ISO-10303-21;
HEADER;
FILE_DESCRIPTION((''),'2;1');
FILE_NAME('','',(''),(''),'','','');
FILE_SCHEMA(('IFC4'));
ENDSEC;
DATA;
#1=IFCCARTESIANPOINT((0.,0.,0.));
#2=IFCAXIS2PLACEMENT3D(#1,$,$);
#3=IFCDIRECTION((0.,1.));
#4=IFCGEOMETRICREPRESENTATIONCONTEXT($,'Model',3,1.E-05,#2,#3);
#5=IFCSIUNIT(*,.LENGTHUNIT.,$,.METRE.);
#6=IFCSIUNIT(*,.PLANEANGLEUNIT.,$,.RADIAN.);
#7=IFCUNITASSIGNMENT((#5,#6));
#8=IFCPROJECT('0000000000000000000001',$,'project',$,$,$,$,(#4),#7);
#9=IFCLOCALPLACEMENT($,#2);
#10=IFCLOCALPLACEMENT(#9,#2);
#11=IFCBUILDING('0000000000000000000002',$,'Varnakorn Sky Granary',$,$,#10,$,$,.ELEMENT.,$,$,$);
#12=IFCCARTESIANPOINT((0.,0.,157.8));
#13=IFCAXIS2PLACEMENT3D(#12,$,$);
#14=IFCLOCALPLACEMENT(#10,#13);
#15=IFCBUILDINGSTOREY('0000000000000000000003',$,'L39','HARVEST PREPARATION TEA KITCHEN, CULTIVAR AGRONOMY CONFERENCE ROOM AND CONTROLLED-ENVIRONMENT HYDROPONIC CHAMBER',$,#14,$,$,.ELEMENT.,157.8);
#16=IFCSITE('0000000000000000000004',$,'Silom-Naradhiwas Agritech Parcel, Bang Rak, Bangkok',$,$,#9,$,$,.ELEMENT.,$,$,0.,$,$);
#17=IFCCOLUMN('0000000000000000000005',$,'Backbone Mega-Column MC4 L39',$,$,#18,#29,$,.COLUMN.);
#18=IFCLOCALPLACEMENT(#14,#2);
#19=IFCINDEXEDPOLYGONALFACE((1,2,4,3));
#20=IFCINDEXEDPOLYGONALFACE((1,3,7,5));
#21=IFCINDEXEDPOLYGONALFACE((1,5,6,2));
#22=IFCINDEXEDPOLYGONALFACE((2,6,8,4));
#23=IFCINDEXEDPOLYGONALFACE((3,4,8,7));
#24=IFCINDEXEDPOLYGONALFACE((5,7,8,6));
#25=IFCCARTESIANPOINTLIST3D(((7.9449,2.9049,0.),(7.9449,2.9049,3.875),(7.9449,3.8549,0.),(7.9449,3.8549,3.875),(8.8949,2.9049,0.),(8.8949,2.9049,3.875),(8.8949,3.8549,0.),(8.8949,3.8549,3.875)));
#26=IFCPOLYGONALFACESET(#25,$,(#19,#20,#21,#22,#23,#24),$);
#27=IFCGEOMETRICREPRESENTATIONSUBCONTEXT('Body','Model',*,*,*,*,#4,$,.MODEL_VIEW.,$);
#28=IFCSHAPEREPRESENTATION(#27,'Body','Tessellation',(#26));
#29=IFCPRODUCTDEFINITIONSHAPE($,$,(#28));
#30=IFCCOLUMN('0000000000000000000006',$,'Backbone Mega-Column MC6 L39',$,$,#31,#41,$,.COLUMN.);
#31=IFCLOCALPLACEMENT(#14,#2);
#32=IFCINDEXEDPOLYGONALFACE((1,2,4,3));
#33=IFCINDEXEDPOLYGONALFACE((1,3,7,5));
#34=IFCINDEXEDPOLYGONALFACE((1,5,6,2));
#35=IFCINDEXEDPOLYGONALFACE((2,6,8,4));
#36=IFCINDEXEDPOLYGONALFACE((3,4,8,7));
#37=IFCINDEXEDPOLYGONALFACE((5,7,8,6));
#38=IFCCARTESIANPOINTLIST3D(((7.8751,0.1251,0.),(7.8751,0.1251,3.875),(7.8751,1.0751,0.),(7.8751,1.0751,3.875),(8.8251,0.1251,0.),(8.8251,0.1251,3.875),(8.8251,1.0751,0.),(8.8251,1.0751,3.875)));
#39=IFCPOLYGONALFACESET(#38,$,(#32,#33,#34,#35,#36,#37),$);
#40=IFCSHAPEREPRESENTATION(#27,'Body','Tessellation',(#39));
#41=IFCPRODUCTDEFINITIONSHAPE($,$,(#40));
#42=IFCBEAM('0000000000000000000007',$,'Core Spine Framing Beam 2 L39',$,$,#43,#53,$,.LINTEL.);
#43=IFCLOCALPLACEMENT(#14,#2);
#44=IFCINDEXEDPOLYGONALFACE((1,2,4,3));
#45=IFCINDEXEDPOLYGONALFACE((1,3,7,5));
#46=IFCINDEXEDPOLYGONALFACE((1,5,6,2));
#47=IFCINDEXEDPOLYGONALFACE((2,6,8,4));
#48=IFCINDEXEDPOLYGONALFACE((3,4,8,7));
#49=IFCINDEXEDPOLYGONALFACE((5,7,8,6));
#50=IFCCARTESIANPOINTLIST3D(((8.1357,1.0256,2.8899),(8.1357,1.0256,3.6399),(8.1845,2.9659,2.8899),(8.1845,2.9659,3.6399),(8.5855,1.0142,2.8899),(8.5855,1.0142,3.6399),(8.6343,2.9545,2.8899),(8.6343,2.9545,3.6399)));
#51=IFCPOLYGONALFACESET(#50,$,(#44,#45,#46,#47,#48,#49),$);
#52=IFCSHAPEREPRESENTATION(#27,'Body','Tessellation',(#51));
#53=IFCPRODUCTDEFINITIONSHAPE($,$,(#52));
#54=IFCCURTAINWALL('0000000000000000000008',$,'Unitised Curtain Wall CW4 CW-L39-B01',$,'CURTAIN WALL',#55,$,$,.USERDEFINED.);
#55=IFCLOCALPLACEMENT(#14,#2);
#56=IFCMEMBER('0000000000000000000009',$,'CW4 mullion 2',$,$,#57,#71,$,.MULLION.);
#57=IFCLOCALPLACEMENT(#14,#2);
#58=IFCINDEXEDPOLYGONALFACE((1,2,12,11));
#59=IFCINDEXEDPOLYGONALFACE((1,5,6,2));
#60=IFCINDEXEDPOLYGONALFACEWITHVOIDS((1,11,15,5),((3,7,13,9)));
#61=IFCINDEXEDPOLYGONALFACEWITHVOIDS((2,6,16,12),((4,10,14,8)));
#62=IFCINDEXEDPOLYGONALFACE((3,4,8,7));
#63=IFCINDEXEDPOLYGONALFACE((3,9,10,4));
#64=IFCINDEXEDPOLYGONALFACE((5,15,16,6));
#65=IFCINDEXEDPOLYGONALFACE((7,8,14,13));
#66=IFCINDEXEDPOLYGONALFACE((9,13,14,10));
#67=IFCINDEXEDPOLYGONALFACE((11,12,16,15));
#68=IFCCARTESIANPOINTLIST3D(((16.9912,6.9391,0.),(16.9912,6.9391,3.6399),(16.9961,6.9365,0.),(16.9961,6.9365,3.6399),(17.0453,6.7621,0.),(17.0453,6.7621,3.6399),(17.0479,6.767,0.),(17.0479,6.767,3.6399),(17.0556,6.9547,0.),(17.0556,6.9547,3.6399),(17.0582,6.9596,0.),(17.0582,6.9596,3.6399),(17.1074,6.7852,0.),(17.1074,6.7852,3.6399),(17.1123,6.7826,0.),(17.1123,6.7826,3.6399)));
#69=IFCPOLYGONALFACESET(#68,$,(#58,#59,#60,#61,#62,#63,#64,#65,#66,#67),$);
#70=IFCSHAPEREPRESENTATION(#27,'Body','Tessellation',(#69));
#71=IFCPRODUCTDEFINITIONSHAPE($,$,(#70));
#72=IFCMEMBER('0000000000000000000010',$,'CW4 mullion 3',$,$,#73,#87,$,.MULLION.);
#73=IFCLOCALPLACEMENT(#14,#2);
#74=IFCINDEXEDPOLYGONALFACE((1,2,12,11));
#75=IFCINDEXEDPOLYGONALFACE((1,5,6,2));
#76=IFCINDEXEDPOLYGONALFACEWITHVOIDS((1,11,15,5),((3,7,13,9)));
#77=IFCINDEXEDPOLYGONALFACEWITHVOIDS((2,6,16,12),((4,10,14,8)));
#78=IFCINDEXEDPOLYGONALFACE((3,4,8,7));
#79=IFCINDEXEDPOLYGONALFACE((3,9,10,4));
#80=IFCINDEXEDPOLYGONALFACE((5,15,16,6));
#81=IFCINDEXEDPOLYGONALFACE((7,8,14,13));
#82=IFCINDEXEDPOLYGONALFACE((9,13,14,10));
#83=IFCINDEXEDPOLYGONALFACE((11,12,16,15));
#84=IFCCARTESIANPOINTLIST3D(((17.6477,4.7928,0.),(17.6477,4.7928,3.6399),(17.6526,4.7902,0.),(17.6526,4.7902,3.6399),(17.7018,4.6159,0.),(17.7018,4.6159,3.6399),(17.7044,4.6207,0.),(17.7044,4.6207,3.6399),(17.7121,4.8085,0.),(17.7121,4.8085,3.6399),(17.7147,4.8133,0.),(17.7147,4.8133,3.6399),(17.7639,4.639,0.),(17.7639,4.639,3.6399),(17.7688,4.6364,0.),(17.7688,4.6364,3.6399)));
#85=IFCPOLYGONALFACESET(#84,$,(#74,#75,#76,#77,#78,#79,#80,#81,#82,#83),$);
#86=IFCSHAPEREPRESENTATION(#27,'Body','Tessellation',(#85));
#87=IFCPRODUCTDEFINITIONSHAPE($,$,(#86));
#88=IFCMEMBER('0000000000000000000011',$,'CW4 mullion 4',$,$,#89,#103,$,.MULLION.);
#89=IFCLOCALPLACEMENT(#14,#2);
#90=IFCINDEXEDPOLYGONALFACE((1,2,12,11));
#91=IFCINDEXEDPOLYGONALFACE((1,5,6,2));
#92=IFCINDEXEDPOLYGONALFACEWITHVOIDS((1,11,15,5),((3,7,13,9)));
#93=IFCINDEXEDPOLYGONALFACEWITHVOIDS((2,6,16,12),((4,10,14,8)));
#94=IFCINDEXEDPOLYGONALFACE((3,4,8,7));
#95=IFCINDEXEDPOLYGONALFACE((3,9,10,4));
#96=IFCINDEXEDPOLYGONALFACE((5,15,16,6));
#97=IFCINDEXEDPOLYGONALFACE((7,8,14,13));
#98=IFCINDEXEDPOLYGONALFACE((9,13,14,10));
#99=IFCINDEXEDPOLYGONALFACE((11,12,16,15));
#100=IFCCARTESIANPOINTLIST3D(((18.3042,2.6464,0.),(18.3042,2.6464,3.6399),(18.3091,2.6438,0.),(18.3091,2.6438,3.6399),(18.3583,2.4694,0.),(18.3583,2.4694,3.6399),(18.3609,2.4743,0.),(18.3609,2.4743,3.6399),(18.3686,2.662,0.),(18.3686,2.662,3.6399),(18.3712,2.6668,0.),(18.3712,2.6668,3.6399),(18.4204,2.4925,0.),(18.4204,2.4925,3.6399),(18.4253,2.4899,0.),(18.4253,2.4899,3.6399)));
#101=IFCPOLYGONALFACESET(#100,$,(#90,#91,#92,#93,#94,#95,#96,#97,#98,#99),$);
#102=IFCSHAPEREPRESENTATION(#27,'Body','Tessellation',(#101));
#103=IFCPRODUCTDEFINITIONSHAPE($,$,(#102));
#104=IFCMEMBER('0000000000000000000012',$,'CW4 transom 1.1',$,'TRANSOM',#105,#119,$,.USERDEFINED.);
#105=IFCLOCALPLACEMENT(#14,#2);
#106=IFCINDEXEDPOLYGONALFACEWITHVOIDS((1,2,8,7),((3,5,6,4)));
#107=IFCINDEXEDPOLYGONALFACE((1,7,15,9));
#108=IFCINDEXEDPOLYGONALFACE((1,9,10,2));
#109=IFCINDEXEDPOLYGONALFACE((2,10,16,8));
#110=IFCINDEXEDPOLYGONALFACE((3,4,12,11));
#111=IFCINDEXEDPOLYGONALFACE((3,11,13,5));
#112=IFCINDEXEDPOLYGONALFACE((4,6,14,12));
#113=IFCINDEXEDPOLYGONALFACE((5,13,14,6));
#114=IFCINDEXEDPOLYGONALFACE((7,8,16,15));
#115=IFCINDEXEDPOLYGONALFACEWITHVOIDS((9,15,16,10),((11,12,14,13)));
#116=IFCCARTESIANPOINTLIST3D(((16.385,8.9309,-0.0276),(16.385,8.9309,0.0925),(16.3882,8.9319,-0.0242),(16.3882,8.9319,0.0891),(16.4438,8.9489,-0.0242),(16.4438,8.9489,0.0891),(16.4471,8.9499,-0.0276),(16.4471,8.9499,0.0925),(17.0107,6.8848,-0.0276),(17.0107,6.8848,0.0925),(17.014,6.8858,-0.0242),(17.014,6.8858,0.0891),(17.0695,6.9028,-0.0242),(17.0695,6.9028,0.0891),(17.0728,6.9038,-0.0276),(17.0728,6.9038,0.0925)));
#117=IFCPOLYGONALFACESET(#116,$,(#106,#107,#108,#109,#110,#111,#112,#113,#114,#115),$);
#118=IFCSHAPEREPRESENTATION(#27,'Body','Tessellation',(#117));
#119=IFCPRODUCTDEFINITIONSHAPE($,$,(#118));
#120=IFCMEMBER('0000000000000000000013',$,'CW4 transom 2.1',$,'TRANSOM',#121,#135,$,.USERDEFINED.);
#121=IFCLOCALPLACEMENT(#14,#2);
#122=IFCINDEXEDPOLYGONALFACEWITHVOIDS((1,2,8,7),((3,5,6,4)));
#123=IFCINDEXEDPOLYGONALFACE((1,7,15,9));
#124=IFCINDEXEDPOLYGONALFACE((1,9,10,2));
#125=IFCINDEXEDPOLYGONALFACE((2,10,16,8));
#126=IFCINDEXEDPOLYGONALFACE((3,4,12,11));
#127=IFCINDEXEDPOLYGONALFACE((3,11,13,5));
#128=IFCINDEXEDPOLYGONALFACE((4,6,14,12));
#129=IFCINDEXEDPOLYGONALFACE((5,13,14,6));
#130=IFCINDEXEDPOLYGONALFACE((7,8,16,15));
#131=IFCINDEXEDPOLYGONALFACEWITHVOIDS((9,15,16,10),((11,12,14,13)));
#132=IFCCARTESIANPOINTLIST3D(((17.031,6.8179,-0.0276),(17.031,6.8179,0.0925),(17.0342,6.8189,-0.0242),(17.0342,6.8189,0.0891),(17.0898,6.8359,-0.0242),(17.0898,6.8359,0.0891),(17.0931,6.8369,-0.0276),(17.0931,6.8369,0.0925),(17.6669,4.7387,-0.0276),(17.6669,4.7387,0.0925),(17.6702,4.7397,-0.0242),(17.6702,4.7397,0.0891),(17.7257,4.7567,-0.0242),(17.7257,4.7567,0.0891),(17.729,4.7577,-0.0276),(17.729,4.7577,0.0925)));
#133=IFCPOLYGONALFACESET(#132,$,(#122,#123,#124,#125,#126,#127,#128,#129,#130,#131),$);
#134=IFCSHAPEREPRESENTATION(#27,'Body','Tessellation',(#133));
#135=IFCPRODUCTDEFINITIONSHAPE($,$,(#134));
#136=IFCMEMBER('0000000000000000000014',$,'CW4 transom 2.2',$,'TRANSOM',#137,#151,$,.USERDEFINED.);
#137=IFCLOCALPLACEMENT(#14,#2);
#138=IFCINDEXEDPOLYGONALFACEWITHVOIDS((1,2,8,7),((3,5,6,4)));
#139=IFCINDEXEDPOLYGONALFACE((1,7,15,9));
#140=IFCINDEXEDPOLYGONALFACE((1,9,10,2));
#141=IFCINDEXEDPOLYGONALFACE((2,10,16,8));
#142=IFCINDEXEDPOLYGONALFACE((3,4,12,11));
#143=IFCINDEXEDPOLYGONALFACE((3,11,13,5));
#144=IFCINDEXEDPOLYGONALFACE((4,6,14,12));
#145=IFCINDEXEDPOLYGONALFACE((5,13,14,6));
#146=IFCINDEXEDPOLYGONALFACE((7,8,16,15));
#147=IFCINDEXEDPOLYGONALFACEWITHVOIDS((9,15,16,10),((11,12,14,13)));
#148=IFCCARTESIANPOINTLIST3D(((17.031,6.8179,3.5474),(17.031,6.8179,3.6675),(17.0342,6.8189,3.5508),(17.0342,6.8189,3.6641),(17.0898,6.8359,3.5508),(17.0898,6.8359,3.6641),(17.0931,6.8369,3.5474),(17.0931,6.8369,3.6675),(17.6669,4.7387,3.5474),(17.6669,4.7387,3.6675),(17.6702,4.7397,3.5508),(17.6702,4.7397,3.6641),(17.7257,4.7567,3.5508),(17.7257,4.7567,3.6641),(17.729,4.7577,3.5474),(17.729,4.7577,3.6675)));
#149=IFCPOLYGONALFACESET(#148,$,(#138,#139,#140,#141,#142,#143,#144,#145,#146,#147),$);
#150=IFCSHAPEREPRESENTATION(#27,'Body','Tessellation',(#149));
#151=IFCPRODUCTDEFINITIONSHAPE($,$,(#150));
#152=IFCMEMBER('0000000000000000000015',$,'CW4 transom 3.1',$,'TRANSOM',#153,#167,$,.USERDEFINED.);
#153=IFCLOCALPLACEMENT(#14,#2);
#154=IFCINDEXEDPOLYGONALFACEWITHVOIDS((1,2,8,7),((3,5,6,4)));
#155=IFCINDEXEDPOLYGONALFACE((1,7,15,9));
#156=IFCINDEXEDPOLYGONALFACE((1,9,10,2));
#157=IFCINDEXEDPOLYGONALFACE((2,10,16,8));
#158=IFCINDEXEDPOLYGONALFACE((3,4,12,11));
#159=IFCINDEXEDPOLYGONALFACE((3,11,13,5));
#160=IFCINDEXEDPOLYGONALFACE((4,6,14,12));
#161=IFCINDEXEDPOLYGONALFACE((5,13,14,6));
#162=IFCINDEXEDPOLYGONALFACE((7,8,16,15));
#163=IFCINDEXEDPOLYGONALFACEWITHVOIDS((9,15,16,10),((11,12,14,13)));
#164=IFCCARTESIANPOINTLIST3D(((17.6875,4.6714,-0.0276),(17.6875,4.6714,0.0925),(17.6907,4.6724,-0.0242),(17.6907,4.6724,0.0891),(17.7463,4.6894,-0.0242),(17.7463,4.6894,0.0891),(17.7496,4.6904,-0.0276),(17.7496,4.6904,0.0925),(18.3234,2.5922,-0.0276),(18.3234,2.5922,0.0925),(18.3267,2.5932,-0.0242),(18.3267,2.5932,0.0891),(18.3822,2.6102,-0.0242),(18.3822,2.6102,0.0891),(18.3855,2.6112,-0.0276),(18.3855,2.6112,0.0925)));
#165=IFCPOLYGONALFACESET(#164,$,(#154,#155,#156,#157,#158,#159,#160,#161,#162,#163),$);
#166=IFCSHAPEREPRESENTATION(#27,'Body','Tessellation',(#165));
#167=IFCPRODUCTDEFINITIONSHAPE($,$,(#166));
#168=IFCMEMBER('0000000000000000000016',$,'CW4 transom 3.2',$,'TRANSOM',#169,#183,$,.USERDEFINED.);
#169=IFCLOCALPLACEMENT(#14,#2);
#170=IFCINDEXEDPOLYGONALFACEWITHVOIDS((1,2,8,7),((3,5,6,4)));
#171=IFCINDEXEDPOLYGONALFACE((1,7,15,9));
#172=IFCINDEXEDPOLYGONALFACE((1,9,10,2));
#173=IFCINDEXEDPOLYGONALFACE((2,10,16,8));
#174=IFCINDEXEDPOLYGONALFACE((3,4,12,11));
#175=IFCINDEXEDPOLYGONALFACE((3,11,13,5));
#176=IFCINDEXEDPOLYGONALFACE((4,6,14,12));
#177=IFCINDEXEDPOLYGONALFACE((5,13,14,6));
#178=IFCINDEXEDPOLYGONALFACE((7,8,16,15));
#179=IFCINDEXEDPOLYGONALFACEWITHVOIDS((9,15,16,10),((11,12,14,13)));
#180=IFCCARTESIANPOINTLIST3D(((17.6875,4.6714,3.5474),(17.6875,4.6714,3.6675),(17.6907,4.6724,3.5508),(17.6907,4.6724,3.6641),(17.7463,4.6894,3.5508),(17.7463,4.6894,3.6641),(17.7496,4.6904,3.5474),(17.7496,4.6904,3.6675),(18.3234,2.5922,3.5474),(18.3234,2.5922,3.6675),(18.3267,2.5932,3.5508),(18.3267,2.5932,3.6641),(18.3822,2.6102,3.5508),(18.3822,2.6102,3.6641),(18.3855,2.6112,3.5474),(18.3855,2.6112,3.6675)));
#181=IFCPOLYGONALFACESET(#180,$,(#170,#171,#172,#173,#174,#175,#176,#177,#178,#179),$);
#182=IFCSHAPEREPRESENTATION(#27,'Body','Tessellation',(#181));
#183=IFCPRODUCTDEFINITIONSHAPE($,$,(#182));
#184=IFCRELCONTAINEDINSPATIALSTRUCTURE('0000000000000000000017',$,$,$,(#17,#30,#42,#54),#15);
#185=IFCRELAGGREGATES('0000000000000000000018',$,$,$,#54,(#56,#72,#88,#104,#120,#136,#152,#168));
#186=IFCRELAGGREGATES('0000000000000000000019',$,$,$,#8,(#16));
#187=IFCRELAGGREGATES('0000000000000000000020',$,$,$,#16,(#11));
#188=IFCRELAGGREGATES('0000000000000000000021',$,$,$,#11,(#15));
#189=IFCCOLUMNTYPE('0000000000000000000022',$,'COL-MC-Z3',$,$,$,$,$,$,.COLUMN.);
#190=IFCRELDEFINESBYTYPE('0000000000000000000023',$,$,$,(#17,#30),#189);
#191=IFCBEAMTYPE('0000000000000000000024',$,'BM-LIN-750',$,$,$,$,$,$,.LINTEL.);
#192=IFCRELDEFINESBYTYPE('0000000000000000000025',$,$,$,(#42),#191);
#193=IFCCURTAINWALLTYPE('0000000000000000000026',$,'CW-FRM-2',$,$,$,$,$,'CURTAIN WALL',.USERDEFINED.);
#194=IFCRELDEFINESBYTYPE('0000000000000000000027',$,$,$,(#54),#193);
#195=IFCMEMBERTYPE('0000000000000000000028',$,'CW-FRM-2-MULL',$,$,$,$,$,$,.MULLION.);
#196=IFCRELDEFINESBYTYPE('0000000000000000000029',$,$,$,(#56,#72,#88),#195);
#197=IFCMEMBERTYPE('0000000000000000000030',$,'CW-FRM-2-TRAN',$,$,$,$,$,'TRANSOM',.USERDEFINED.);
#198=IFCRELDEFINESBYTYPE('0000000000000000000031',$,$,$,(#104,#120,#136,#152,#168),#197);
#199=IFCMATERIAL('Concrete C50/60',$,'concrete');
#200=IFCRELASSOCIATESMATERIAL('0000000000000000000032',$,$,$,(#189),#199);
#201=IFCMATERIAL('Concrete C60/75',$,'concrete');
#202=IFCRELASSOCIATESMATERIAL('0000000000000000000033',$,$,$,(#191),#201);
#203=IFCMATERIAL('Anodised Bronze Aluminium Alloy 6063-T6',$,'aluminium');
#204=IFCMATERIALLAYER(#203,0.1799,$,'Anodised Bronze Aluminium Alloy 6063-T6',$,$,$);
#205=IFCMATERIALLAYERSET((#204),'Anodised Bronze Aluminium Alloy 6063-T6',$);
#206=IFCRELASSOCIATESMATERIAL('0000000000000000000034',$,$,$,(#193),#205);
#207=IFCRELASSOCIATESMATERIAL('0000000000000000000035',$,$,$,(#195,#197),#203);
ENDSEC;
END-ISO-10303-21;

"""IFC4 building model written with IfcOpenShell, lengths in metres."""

from ifc_helpers import new_model, si_unit, direction, frame, origin, origin_2d, place, context, subcontext, project, spatial, rectangle, hollow_rectangle, extrude, material, layer, layer_set, material_profile, profile_set, type_object, element, aggregate, save


model = new_model("IFC4")

# Units and contexts
model_context = context("Model", 3, precision=1e-05, world=origin(), true_north=direction((0.0, 1.0)))
body_context = subcontext(model_context, "Body", "Model", "MODEL_VIEW")
ifc_project = project(units=[si_unit("LENGTHUNIT", "METRE"), si_unit("PLANEANGLEUNIT", "RADIAN")], contexts=[model_context])

# Site, building, storey
site_placement = place(None, origin())
site = spatial("IfcSite", under=ifc_project, at=site_placement, Name="Silom-Naradhiwas Agritech Parcel, Bang Rak, Bangkok", CompositionType="ELEMENT", RefElevation=0.0)
building_placement = place(site_placement, origin())
building = spatial("IfcBuilding", under=site, at=building_placement, Name="Varnakorn Sky Granary", CompositionType="ELEMENT")
storey_placement = place(building_placement, frame((0.0, 0.0, 157.8)))
storey = spatial("IfcBuildingStorey", under=building, at=storey_placement, Name="L39", Description="HARVEST PREPARATION TEA KITCHEN, CULTIVAR AGRONOMY CONFERENCE ROOM AND CONTROLLED-ENVIRONMENT HYDROPONIC CHAMBER", CompositionType="ELEMENT", Elevation=157.8)

# Columns
ifc_material_1 = material(Name="Concrete C50/60", Category="concrete")
ifc_material_profile_1 = material_profile(ifc_material_1, rectangle(XDim=0.95, YDim=0.95, at=origin_2d()), Name="RC 950x950")
ifc_profile_set_1 = profile_set([ifc_material_profile_1], Name="Concrete C50/60")
column_type = type_object("IfcColumnType", Name="COL-MC-Z3", PredefinedType="COLUMN", material=ifc_profile_set_1)
for number, where, z_axis, x_axis, name in (
    (1, (8.4199, 3.3799, 0.0), (0.0, 0.0, 1.0), (1.0, 0.0, 0.0), "Backbone Mega-Column MC4 L39"),
    (2, (8.3501, 0.6001, 0.0), (0.0, 0.0, 1.0), (1.0, 0.0, 0.0), "Backbone Mega-Column MC6 L39"),
):
    element("IfcColumn", number, at=place(storey_placement, frame(where, z_axis=z_axis, x_axis=x_axis)), inside=storey, type_object=column_type, Name=name, PredefinedType="COLUMN", context=body_context, shape_type="SweptSolid", body=[
        extrude(rectangle(XDim=0.95, YDim=0.95, at=origin_2d()), origin(), (0.0, 0.0, 1.0), 3.875),
    ])

# Beam
ifc_material_2 = material(Name="Concrete C60/75", Category="concrete")
ifc_material_profile_2 = material_profile(ifc_material_2, rectangle(XDim=0.45, YDim=0.75, at=origin_2d()), Name="RC 450x750")
ifc_profile_set_2 = profile_set([ifc_material_profile_2], Name="Concrete C60/75")
beam_type = type_object("IfcBeamType", Name="BM-LIN-750", PredefinedType="LINTEL", material=ifc_profile_set_2)
beam_placement = place(storey_placement, frame((8.4094, 2.9602, 3.2649), z_axis=(-0.025159, -0.999683, 0.0), x_axis=(0.999683, -0.025159, 0.0)))
element("IfcBeam", 3, at=beam_placement, inside=storey, type_object=beam_type, Name="Core Spine Framing Beam 2 L39", PredefinedType="LINTEL", context=body_context, shape_type="SweptSolid", body=[
    extrude(rectangle(XDim=0.45, YDim=0.75, at=origin_2d()), origin(), (0.0, 0.0, 1.0), 1.9409),
])

# Curtain wall, members
ifc_material_3 = material(Name="Anodised Bronze Aluminium Alloy 6063-T6", Category="aluminium")
ifc_layer_1 = layer(ifc_material_3, 0.1799, Name="Anodised Bronze Aluminium Alloy 6063-T6")
ifc_layer_set_1 = layer_set([ifc_layer_1], Name="Anodised Bronze Aluminium Alloy 6063-T6")
curtain_wall_type = type_object("IfcCurtainWallType", Name="CW-FRM-2", ElementType="CURTAIN WALL", PredefinedType="USERDEFINED", material=ifc_layer_set_1)
curtain_wall_placement = place(storey_placement, origin())
curtain_wall = element("IfcCurtainWall", 4, at=curtain_wall_placement, inside=storey, type_object=curtain_wall_type, Name="Unitised Curtain Wall CW4 CW-L39-B01", ObjectType="CURTAIN WALL", PredefinedType="USERDEFINED")
ifc_material_profile_3 = material_profile(ifc_material_3, hollow_rectangle(XDim=0.0701, YDim=0.1851, WallThickness=0.0039, at=origin_2d()), Name="ALU MULL 70x185")
ifc_profile_set_3 = profile_set([ifc_material_profile_3], Name="Anodised Bronze Aluminium Alloy 6063-T6")
member_type_1 = type_object("IfcMemberType", Name="CW-FRM-2-MULL", PredefinedType="MULLION", material=ifc_profile_set_3)
member_1_placement = place(storey_placement, frame((17.0518, 6.8608, 0.0), z_axis=(0.0, 0.0, 1.0), x_axis=(0.956285, 0.292435, 0.0)))
member_1 = element("IfcMember", 5, at=member_1_placement, type_object=member_type_1, Name="CW4 mullion 2", PredefinedType="MULLION", context=body_context, shape_type="SweptSolid", body=[
    extrude(hollow_rectangle(XDim=0.0701, YDim=0.1851, WallThickness=0.0039, at=origin_2d()), origin(), (0.0, 0.0, 1.0), 3.6399),
])
member_2_placement = place(storey_placement, frame((17.7083, 4.7146, 0.0), z_axis=(0.0, 0.0, 1.0), x_axis=(0.956285, 0.292435, 0.0)))
member_2 = element("IfcMember", 6, at=member_2_placement, type_object=member_type_1, Name="CW4 mullion 3", PredefinedType="MULLION", context=body_context, shape_type="SweptSolid", body=[
    extrude(hollow_rectangle(XDim=0.0701, YDim=0.1851, WallThickness=0.0039, at=origin_2d()), origin(), (0.0, 0.0, 1.0), 3.6399),
])
member_3_placement = place(storey_placement, frame((18.3647, 2.5681, 0.0), z_axis=(0.0, 0.0, 1.0), x_axis=(0.956285, 0.292435, 0.0)))
member_3 = element("IfcMember", 7, at=member_3_placement, type_object=member_type_1, Name="CW4 mullion 4", PredefinedType="MULLION", context=body_context, shape_type="SweptSolid", body=[
    extrude(hollow_rectangle(XDim=0.0701, YDim=0.1851, WallThickness=0.0039, at=origin_2d()), origin(), (0.0, 0.0, 1.0), 3.6399),
])
ifc_material_profile_4 = material_profile(ifc_material_3, hollow_rectangle(XDim=0.0649, YDim=0.1201, WallThickness=0.0034, at=origin_2d()), Name="ALU TRAN 65x120")
ifc_profile_set_4 = profile_set([ifc_material_profile_4], Name="Anodised Bronze Aluminium Alloy 6063-T6")
member_type_2 = type_object("IfcMemberType", Name="CW-FRM-2-TRAN", ElementType="TRANSOM", PredefinedType="USERDEFINED", material=ifc_profile_set_4)
member_4_placement = place(storey_placement, frame((16.416, 8.9404, 0.0325), z_axis=(0.292442, -0.956283, 0.0), x_axis=(0.956283, 0.292442, 0.0)))
member_4 = element("IfcMember", 8, at=member_4_placement, type_object=member_type_2, Name="CW4 transom 1.1", ObjectType="TRANSOM", PredefinedType="USERDEFINED", context=body_context, shape_type="SweptSolid", body=[
    extrude(hollow_rectangle(XDim=0.0649, YDim=0.1201, WallThickness=0.0034, at=origin_2d()), origin(), (0.0, 0.0, 1.0), 2.1396),
])
member_5_placement = place(storey_placement, frame((17.062, 6.8274, 0.0325), z_axis=(0.292484, -0.95627, 0.0), x_axis=(0.95627, 0.292484, 0.0)))
member_5 = element("IfcMember", 9, at=member_5_placement, type_object=member_type_2, Name="CW4 transom 2.1", ObjectType="TRANSOM", PredefinedType="USERDEFINED", context=body_context, shape_type="SweptSolid", body=[
    extrude(hollow_rectangle(XDim=0.0649, YDim=0.1201, WallThickness=0.0034, at=origin_2d()), origin(), (0.0, 0.0, 1.0), 2.1743),
])
member_6_placement = place(storey_placement, frame((17.062, 6.8274, 3.6074), z_axis=(0.292484, -0.95627, 0.0), x_axis=(0.95627, 0.292484, 0.0)))
member_6 = element("IfcMember", 10, at=member_6_placement, type_object=member_type_2, Name="CW4 transom 2.2", ObjectType="TRANSOM", PredefinedType="USERDEFINED", context=body_context, shape_type="SweptSolid", body=[
    extrude(hollow_rectangle(XDim=0.0649, YDim=0.1201, WallThickness=0.0034, at=origin_2d()), origin(), (0.0, 0.0, 1.0), 2.1743),
])
member_7_placement = place(storey_placement, frame((17.7185, 4.6809, 0.0325), z_axis=(0.292484, -0.95627, 0.0), x_axis=(0.95627, 0.292484, 0.0)))
member_7 = element("IfcMember", 11, at=member_7_placement, type_object=member_type_2, Name="CW4 transom 3.1", ObjectType="TRANSOM", PredefinedType="USERDEFINED", context=body_context, shape_type="SweptSolid", body=[
    extrude(hollow_rectangle(XDim=0.0649, YDim=0.1201, WallThickness=0.0034, at=origin_2d()), origin(), (0.0, 0.0, 1.0), 2.1743),
])
member_8_placement = place(storey_placement, frame((17.7185, 4.6809, 3.6074), z_axis=(0.292484, -0.95627, 0.0), x_axis=(0.95627, 0.292484, 0.0)))
member_8 = element("IfcMember", 12, at=member_8_placement, type_object=member_type_2, Name="CW4 transom 3.2", ObjectType="TRANSOM", PredefinedType="USERDEFINED", context=body_context, shape_type="SweptSolid", body=[
    extrude(hollow_rectangle(XDim=0.0649, YDim=0.1201, WallThickness=0.0034, at=origin_2d()), origin(), (0.0, 0.0, 1.0), 2.1743),
])
aggregate(curtain_wall, [member_1, member_2, member_3, member_4, member_5, member_6, member_7, member_8])

save(model, "model.ifc")
